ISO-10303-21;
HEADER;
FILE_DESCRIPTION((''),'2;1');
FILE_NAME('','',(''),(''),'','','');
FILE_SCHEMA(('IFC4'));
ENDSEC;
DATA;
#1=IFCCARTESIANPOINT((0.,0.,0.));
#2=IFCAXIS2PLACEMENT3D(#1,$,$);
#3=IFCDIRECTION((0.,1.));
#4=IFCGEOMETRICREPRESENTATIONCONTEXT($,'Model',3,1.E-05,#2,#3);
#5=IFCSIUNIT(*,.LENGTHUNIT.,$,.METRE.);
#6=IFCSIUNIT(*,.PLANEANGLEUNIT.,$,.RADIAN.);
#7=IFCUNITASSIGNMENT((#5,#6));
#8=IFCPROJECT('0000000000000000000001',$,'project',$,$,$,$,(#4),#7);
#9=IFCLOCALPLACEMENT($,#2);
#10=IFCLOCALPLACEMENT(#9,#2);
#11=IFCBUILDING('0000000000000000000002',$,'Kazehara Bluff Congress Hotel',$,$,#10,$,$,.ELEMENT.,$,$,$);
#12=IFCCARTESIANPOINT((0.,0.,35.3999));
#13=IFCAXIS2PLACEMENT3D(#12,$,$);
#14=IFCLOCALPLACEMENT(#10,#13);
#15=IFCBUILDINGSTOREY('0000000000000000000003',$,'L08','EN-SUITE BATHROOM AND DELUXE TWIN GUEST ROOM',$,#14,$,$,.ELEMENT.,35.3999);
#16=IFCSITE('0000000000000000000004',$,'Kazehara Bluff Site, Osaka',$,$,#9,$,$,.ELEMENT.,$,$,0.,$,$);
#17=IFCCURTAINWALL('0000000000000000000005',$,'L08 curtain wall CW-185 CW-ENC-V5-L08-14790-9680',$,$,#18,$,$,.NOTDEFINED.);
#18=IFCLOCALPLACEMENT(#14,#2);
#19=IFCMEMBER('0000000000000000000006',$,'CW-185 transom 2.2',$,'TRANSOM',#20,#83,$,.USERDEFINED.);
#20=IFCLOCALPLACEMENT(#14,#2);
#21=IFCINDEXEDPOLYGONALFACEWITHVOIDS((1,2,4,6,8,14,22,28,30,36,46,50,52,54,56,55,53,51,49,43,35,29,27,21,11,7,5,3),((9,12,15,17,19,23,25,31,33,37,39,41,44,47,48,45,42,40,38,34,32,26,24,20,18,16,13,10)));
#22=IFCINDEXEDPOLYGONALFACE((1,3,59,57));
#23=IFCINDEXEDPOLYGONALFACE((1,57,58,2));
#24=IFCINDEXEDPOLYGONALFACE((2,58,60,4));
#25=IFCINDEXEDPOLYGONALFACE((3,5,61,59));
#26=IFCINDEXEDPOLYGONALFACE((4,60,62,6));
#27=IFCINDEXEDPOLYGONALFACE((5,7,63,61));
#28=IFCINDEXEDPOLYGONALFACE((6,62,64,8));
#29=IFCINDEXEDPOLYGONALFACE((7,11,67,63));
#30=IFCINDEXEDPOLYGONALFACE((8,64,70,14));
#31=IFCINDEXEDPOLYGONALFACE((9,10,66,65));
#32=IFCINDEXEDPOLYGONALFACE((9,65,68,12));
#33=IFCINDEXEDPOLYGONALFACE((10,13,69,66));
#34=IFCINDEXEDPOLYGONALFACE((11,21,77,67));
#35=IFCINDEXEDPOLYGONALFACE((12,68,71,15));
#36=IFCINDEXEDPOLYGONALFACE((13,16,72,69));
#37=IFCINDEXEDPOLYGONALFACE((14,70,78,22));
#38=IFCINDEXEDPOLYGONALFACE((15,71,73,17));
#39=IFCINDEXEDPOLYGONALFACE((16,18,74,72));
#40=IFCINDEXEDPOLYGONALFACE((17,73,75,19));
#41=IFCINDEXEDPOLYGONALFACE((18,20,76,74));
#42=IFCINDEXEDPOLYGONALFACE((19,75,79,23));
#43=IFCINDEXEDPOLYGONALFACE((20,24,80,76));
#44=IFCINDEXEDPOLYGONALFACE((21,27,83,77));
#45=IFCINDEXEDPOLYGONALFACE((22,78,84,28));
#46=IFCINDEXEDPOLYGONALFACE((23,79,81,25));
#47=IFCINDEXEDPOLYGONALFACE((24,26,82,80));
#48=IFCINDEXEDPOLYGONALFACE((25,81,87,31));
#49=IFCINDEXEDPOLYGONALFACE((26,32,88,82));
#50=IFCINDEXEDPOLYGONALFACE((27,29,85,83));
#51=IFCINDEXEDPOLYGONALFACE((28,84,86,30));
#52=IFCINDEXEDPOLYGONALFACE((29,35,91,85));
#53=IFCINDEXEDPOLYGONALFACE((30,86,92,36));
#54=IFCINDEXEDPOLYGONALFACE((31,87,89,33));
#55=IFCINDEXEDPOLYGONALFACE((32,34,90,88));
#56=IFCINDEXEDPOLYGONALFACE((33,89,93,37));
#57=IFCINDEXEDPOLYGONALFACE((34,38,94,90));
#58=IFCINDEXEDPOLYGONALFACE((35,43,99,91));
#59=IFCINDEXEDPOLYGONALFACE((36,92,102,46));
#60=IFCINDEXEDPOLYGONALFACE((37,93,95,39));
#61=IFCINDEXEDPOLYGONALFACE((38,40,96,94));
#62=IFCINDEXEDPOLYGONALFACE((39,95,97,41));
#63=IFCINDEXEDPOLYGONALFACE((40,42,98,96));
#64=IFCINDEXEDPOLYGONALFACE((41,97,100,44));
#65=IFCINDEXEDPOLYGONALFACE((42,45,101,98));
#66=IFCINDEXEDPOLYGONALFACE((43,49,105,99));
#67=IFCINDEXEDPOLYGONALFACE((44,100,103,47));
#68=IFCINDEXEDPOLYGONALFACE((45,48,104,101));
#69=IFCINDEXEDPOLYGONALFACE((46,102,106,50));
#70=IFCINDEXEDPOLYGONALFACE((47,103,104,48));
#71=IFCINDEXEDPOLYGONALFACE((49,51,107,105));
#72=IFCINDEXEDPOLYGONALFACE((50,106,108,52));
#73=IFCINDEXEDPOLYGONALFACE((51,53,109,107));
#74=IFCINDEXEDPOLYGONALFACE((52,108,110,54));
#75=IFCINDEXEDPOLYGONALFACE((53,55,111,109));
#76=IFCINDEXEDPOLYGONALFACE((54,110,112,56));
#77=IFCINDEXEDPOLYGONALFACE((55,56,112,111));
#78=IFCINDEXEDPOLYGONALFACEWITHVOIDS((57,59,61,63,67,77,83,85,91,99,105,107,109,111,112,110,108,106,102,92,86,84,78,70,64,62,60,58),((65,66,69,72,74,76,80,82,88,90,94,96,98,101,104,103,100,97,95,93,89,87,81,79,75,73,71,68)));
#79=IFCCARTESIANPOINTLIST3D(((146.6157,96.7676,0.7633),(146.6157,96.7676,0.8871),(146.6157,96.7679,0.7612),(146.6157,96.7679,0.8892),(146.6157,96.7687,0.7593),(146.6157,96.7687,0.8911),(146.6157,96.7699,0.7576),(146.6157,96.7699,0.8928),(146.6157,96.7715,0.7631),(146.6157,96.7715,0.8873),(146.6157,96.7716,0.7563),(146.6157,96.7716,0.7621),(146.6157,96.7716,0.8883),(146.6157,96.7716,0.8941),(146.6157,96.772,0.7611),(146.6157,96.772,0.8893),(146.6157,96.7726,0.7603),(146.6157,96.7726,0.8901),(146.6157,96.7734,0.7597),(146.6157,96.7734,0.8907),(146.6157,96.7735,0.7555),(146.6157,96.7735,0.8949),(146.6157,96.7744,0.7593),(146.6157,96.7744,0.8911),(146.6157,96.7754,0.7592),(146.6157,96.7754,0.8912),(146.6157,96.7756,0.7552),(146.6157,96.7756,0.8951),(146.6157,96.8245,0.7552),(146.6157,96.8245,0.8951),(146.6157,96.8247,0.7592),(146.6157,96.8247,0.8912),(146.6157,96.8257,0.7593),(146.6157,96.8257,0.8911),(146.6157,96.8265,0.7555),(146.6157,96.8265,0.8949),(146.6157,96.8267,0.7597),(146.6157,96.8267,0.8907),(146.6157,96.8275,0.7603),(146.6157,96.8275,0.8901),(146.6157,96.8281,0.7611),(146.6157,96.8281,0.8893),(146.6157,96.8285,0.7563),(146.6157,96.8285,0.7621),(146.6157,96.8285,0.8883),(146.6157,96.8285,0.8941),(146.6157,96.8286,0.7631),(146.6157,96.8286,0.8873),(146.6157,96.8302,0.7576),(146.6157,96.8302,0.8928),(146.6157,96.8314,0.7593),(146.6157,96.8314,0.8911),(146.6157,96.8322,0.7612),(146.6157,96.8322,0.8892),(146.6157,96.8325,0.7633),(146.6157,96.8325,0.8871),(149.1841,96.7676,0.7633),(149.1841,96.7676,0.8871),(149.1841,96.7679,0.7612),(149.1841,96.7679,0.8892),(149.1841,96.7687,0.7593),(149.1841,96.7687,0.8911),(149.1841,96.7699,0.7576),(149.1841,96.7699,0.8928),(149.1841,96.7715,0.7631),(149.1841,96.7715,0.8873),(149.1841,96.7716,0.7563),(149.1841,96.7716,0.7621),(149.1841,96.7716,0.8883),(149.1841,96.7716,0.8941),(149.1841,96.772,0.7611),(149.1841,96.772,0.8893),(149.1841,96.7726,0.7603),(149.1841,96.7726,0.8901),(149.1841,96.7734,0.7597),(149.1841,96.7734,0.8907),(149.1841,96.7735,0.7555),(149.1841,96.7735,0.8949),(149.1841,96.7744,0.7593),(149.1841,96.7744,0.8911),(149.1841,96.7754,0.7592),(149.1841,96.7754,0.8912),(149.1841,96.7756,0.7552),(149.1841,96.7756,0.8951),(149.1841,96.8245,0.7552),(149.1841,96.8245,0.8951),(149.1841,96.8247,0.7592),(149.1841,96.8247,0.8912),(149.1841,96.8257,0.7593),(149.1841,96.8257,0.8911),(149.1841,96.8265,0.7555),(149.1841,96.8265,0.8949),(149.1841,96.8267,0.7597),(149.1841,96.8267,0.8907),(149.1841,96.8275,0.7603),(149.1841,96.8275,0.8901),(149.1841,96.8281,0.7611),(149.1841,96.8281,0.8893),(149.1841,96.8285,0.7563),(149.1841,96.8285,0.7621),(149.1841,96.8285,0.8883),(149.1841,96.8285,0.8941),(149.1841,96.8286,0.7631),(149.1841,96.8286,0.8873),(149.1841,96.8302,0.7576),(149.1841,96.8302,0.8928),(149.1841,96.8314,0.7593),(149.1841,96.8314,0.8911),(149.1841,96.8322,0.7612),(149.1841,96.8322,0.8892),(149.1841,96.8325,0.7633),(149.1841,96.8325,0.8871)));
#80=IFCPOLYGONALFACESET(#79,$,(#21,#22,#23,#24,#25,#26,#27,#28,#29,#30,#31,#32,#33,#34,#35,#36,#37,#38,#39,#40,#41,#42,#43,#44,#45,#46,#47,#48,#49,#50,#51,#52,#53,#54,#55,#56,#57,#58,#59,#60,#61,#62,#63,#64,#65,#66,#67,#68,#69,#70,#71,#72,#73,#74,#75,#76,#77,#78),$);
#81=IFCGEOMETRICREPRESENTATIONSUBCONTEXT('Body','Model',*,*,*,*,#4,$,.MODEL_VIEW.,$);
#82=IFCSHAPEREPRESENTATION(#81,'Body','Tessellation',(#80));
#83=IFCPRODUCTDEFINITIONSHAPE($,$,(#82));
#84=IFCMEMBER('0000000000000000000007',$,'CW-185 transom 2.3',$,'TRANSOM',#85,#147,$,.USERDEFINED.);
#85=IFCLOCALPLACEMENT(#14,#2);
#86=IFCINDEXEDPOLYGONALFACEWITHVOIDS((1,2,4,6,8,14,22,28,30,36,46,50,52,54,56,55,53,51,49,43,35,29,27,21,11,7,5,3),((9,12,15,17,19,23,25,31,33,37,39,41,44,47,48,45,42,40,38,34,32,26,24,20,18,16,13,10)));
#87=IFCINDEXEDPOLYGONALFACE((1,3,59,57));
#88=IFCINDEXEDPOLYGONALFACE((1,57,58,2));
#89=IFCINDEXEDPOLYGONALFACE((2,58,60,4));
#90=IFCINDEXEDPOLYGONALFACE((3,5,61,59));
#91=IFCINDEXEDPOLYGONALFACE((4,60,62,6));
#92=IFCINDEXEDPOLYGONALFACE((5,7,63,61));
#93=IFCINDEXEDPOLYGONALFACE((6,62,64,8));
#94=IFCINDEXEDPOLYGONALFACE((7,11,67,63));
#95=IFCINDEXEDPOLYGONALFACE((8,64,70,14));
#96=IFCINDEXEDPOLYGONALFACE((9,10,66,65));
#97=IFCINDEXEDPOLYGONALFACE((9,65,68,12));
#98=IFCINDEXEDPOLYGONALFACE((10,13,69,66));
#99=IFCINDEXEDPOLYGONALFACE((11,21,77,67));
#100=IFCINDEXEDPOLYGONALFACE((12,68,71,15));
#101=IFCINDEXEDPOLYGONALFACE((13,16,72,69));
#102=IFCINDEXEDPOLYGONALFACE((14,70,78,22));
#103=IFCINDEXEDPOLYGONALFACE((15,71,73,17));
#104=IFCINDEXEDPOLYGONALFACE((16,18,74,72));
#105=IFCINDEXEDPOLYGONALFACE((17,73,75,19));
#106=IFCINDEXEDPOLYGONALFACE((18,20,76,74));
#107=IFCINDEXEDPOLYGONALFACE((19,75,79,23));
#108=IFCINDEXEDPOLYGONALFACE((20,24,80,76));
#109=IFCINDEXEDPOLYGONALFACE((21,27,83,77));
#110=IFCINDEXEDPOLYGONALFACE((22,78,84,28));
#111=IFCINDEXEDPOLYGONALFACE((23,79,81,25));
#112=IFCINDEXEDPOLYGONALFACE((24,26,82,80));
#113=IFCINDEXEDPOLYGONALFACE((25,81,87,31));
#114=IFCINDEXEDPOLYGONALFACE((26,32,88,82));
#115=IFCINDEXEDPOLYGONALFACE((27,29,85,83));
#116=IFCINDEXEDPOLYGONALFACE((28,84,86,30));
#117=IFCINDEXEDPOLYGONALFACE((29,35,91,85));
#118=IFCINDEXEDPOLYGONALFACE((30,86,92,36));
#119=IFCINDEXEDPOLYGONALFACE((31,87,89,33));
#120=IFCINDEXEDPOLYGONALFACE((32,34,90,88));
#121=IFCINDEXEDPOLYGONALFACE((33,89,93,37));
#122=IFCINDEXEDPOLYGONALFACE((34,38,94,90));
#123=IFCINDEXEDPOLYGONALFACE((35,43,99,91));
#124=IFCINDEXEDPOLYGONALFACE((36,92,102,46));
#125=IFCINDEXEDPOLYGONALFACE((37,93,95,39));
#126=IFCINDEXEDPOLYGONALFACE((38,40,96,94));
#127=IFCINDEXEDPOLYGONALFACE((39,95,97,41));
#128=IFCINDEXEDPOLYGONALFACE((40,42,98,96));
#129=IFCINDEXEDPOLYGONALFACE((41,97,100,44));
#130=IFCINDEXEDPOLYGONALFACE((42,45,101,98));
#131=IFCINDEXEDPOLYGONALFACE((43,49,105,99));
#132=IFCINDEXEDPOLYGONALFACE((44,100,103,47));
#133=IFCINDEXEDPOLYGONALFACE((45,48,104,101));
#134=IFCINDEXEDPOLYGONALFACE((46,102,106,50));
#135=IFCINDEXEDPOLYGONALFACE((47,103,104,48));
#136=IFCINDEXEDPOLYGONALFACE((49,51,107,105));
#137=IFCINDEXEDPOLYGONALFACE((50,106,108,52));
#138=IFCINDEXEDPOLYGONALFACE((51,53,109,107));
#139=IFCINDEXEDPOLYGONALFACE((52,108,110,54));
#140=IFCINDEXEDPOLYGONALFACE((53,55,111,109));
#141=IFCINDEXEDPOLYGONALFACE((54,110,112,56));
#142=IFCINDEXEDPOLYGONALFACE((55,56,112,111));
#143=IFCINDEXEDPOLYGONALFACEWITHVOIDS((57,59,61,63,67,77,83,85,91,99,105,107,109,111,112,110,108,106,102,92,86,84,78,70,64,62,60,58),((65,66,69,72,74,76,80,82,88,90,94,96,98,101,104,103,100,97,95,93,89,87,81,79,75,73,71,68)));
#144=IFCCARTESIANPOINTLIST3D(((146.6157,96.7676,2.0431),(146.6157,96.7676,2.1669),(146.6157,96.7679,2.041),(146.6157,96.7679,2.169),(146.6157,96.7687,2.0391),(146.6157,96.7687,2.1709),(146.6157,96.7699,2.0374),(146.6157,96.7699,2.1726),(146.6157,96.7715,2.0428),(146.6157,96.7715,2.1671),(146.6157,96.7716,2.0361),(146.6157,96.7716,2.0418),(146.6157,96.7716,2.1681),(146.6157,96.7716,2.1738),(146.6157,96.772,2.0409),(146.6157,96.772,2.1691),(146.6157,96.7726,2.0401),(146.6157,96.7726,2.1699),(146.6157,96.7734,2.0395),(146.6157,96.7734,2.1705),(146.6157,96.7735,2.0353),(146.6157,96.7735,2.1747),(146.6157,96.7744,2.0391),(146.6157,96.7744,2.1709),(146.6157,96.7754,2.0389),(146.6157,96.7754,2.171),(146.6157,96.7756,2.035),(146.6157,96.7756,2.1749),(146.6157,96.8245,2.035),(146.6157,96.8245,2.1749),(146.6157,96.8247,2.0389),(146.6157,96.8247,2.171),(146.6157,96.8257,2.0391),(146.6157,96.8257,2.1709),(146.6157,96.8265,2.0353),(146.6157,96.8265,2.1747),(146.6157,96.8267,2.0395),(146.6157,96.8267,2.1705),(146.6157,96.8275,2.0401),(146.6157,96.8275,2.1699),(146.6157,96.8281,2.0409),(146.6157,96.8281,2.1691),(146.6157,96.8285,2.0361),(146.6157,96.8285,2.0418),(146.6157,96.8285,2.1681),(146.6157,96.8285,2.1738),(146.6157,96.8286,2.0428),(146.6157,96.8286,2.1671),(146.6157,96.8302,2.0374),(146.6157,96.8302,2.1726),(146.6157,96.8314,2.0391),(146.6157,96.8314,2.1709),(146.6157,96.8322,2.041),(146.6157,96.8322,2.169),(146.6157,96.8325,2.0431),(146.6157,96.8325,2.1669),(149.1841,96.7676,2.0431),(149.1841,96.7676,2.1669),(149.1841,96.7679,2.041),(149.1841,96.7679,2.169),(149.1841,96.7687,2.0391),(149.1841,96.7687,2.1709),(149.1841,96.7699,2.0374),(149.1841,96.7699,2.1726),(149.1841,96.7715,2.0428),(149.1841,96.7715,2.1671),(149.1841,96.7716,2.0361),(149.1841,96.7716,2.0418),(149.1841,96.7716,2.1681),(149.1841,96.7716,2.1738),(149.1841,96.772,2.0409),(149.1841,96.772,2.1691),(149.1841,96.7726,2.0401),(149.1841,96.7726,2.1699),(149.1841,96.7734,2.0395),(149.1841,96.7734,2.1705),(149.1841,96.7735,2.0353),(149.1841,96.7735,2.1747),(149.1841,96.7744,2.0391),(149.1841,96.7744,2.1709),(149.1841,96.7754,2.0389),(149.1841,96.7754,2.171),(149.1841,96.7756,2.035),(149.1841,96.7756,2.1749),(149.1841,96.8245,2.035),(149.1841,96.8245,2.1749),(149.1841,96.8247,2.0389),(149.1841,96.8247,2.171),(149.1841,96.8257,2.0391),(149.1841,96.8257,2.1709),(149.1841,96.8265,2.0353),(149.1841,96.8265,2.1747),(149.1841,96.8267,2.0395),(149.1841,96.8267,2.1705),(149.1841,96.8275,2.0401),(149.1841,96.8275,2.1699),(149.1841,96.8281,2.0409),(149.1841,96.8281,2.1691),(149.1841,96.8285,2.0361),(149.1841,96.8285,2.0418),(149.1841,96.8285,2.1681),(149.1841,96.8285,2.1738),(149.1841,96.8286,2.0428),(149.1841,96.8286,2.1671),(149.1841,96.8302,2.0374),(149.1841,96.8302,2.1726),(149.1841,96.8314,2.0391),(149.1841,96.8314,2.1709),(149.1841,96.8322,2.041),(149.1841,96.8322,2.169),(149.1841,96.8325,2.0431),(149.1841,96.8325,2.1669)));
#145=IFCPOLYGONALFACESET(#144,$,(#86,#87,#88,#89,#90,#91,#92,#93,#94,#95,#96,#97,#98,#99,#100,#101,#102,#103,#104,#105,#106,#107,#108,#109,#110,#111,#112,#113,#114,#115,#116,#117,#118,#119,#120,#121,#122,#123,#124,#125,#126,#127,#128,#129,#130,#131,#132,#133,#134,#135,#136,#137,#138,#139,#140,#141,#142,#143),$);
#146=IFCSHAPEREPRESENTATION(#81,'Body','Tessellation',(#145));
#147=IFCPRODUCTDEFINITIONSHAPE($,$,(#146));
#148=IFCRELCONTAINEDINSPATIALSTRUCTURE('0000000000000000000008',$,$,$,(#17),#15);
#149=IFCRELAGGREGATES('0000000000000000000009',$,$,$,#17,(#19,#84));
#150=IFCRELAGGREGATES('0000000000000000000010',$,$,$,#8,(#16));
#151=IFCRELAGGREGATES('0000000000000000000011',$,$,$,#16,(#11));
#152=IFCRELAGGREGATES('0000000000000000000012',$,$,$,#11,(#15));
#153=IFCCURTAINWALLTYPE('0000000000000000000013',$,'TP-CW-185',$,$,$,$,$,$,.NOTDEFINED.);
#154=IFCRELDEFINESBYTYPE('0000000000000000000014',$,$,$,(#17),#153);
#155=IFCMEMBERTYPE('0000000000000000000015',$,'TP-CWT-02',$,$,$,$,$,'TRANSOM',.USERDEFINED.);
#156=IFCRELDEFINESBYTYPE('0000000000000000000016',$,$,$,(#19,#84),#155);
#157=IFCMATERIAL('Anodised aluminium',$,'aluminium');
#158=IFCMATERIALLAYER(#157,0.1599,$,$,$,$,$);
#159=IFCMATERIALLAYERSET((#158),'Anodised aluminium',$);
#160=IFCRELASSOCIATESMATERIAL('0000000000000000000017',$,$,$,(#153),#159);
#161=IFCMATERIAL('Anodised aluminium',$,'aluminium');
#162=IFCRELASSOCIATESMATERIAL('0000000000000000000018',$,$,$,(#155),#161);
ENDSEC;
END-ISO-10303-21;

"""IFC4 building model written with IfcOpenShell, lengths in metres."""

from ifc_helpers import new_model, si_unit, direction, frame, origin, origin_2d, place, context, subcontext, project, spatial, hollow_rectangle, extrude, material, layer, layer_set, material_profile, profile_set, type_object, element, aggregate, save


model = new_model("IFC4")

# Units and contexts
model_context = context("Model", 3, precision=1e-05, world=origin(), true_north=direction((0.0, 1.0)))
body_context = subcontext(model_context, "Body", "Model", "MODEL_VIEW")
ifc_project = project(units=[si_unit("LENGTHUNIT", "METRE"), si_unit("PLANEANGLEUNIT", "RADIAN")], contexts=[model_context])

# Site, building, storey
site_placement = place(None, origin())
site = spatial("IfcSite", under=ifc_project, at=site_placement, Name="Kazehara Bluff Site, Osaka", CompositionType="ELEMENT", RefElevation=0.0)
building_placement = place(site_placement, origin())
building = spatial("IfcBuilding", under=site, at=building_placement, Name="Kazehara Bluff Congress Hotel", CompositionType="ELEMENT")
storey_placement = place(building_placement, frame((0.0, 0.0, 35.3999)))
storey = spatial("IfcBuildingStorey", under=building, at=storey_placement, Name="L08", Description="EN-SUITE BATHROOM AND DELUXE TWIN GUEST ROOM", CompositionType="ELEMENT", Elevation=35.3999)

# Curtain wall
ifc_material_1 = material(Name="Anodised aluminium", Category="aluminium")
ifc_layer_1 = layer(ifc_material_1, 0.1599)
ifc_layer_set_1 = layer_set([ifc_layer_1], Name="Anodised aluminium")
curtain_wall_type = type_object("IfcCurtainWallType", Name="TP-CW-185", PredefinedType="NOTDEFINED", material=ifc_layer_set_1)
curtain_wall_1_placement = place(storey_placement, origin())
curtain_wall_1 = element("IfcCurtainWall", 1, at=curtain_wall_1_placement, inside=storey, type_object=curtain_wall_type, Name="L08 curtain wall CW-185 CW-ENC-V5-L08-14790-9680", PredefinedType="NOTDEFINED")

# Members
ifc_material_2 = material(Name="Anodised aluminium", Category="aluminium")
ifc_material_profile_1 = material_profile(ifc_material_2, hollow_rectangle(XDim=0.0649, YDim=0.1399, WallThickness=0.0039, InnerFilletRadius=0.0039, OuterFilletRadius=0.0081, at=origin_2d()))
ifc_profile_set_1 = profile_set([ifc_material_profile_1], Name="Anodised aluminium")
member_type_1 = type_object("IfcMemberType", Name="TP-CWT-02", ElementType="TRANSOM", PredefinedType="USERDEFINED", material=ifc_profile_set_1)
member_1_placement = place(storey_placement, frame((146.6157, 96.8, 0.8252), z_axis=(1.0, 0.0, 0.0), x_axis=(0.0, 1.0, 0.0)))
member_1 = element("IfcMember", 2, at=member_1_placement, type_object=member_type_1, Name="CW-185 transom 2.2", ObjectType="TRANSOM", PredefinedType="USERDEFINED", context=body_context, shape_type="SweptSolid", body=[
    extrude(hollow_rectangle(XDim=0.0649, YDim=0.1399, WallThickness=0.0039, InnerFilletRadius=0.0039, OuterFilletRadius=0.0081, at=origin_2d()), origin(), (0.0, 0.0, 1.0), 2.5684),
])
member_2_placement = place(storey_placement, frame((146.6157, 96.8, 2.105), z_axis=(1.0, 0.0, 0.0), x_axis=(0.0, 1.0, 0.0)))
member_2 = element("IfcMember", 3, at=member_2_placement, type_object=member_type_1, Name="CW-185 transom 2.3", ObjectType="TRANSOM", PredefinedType="USERDEFINED", context=body_context, shape_type="SweptSolid", body=[
    extrude(hollow_rectangle(XDim=0.0649, YDim=0.1399, WallThickness=0.0039, InnerFilletRadius=0.0039, OuterFilletRadius=0.0081, at=origin_2d()), origin(), (0.0, 0.0, 1.0), 2.5684),
])

aggregate(curtain_wall_1, [member_1, member_2])

save(model, "model.ifc")
